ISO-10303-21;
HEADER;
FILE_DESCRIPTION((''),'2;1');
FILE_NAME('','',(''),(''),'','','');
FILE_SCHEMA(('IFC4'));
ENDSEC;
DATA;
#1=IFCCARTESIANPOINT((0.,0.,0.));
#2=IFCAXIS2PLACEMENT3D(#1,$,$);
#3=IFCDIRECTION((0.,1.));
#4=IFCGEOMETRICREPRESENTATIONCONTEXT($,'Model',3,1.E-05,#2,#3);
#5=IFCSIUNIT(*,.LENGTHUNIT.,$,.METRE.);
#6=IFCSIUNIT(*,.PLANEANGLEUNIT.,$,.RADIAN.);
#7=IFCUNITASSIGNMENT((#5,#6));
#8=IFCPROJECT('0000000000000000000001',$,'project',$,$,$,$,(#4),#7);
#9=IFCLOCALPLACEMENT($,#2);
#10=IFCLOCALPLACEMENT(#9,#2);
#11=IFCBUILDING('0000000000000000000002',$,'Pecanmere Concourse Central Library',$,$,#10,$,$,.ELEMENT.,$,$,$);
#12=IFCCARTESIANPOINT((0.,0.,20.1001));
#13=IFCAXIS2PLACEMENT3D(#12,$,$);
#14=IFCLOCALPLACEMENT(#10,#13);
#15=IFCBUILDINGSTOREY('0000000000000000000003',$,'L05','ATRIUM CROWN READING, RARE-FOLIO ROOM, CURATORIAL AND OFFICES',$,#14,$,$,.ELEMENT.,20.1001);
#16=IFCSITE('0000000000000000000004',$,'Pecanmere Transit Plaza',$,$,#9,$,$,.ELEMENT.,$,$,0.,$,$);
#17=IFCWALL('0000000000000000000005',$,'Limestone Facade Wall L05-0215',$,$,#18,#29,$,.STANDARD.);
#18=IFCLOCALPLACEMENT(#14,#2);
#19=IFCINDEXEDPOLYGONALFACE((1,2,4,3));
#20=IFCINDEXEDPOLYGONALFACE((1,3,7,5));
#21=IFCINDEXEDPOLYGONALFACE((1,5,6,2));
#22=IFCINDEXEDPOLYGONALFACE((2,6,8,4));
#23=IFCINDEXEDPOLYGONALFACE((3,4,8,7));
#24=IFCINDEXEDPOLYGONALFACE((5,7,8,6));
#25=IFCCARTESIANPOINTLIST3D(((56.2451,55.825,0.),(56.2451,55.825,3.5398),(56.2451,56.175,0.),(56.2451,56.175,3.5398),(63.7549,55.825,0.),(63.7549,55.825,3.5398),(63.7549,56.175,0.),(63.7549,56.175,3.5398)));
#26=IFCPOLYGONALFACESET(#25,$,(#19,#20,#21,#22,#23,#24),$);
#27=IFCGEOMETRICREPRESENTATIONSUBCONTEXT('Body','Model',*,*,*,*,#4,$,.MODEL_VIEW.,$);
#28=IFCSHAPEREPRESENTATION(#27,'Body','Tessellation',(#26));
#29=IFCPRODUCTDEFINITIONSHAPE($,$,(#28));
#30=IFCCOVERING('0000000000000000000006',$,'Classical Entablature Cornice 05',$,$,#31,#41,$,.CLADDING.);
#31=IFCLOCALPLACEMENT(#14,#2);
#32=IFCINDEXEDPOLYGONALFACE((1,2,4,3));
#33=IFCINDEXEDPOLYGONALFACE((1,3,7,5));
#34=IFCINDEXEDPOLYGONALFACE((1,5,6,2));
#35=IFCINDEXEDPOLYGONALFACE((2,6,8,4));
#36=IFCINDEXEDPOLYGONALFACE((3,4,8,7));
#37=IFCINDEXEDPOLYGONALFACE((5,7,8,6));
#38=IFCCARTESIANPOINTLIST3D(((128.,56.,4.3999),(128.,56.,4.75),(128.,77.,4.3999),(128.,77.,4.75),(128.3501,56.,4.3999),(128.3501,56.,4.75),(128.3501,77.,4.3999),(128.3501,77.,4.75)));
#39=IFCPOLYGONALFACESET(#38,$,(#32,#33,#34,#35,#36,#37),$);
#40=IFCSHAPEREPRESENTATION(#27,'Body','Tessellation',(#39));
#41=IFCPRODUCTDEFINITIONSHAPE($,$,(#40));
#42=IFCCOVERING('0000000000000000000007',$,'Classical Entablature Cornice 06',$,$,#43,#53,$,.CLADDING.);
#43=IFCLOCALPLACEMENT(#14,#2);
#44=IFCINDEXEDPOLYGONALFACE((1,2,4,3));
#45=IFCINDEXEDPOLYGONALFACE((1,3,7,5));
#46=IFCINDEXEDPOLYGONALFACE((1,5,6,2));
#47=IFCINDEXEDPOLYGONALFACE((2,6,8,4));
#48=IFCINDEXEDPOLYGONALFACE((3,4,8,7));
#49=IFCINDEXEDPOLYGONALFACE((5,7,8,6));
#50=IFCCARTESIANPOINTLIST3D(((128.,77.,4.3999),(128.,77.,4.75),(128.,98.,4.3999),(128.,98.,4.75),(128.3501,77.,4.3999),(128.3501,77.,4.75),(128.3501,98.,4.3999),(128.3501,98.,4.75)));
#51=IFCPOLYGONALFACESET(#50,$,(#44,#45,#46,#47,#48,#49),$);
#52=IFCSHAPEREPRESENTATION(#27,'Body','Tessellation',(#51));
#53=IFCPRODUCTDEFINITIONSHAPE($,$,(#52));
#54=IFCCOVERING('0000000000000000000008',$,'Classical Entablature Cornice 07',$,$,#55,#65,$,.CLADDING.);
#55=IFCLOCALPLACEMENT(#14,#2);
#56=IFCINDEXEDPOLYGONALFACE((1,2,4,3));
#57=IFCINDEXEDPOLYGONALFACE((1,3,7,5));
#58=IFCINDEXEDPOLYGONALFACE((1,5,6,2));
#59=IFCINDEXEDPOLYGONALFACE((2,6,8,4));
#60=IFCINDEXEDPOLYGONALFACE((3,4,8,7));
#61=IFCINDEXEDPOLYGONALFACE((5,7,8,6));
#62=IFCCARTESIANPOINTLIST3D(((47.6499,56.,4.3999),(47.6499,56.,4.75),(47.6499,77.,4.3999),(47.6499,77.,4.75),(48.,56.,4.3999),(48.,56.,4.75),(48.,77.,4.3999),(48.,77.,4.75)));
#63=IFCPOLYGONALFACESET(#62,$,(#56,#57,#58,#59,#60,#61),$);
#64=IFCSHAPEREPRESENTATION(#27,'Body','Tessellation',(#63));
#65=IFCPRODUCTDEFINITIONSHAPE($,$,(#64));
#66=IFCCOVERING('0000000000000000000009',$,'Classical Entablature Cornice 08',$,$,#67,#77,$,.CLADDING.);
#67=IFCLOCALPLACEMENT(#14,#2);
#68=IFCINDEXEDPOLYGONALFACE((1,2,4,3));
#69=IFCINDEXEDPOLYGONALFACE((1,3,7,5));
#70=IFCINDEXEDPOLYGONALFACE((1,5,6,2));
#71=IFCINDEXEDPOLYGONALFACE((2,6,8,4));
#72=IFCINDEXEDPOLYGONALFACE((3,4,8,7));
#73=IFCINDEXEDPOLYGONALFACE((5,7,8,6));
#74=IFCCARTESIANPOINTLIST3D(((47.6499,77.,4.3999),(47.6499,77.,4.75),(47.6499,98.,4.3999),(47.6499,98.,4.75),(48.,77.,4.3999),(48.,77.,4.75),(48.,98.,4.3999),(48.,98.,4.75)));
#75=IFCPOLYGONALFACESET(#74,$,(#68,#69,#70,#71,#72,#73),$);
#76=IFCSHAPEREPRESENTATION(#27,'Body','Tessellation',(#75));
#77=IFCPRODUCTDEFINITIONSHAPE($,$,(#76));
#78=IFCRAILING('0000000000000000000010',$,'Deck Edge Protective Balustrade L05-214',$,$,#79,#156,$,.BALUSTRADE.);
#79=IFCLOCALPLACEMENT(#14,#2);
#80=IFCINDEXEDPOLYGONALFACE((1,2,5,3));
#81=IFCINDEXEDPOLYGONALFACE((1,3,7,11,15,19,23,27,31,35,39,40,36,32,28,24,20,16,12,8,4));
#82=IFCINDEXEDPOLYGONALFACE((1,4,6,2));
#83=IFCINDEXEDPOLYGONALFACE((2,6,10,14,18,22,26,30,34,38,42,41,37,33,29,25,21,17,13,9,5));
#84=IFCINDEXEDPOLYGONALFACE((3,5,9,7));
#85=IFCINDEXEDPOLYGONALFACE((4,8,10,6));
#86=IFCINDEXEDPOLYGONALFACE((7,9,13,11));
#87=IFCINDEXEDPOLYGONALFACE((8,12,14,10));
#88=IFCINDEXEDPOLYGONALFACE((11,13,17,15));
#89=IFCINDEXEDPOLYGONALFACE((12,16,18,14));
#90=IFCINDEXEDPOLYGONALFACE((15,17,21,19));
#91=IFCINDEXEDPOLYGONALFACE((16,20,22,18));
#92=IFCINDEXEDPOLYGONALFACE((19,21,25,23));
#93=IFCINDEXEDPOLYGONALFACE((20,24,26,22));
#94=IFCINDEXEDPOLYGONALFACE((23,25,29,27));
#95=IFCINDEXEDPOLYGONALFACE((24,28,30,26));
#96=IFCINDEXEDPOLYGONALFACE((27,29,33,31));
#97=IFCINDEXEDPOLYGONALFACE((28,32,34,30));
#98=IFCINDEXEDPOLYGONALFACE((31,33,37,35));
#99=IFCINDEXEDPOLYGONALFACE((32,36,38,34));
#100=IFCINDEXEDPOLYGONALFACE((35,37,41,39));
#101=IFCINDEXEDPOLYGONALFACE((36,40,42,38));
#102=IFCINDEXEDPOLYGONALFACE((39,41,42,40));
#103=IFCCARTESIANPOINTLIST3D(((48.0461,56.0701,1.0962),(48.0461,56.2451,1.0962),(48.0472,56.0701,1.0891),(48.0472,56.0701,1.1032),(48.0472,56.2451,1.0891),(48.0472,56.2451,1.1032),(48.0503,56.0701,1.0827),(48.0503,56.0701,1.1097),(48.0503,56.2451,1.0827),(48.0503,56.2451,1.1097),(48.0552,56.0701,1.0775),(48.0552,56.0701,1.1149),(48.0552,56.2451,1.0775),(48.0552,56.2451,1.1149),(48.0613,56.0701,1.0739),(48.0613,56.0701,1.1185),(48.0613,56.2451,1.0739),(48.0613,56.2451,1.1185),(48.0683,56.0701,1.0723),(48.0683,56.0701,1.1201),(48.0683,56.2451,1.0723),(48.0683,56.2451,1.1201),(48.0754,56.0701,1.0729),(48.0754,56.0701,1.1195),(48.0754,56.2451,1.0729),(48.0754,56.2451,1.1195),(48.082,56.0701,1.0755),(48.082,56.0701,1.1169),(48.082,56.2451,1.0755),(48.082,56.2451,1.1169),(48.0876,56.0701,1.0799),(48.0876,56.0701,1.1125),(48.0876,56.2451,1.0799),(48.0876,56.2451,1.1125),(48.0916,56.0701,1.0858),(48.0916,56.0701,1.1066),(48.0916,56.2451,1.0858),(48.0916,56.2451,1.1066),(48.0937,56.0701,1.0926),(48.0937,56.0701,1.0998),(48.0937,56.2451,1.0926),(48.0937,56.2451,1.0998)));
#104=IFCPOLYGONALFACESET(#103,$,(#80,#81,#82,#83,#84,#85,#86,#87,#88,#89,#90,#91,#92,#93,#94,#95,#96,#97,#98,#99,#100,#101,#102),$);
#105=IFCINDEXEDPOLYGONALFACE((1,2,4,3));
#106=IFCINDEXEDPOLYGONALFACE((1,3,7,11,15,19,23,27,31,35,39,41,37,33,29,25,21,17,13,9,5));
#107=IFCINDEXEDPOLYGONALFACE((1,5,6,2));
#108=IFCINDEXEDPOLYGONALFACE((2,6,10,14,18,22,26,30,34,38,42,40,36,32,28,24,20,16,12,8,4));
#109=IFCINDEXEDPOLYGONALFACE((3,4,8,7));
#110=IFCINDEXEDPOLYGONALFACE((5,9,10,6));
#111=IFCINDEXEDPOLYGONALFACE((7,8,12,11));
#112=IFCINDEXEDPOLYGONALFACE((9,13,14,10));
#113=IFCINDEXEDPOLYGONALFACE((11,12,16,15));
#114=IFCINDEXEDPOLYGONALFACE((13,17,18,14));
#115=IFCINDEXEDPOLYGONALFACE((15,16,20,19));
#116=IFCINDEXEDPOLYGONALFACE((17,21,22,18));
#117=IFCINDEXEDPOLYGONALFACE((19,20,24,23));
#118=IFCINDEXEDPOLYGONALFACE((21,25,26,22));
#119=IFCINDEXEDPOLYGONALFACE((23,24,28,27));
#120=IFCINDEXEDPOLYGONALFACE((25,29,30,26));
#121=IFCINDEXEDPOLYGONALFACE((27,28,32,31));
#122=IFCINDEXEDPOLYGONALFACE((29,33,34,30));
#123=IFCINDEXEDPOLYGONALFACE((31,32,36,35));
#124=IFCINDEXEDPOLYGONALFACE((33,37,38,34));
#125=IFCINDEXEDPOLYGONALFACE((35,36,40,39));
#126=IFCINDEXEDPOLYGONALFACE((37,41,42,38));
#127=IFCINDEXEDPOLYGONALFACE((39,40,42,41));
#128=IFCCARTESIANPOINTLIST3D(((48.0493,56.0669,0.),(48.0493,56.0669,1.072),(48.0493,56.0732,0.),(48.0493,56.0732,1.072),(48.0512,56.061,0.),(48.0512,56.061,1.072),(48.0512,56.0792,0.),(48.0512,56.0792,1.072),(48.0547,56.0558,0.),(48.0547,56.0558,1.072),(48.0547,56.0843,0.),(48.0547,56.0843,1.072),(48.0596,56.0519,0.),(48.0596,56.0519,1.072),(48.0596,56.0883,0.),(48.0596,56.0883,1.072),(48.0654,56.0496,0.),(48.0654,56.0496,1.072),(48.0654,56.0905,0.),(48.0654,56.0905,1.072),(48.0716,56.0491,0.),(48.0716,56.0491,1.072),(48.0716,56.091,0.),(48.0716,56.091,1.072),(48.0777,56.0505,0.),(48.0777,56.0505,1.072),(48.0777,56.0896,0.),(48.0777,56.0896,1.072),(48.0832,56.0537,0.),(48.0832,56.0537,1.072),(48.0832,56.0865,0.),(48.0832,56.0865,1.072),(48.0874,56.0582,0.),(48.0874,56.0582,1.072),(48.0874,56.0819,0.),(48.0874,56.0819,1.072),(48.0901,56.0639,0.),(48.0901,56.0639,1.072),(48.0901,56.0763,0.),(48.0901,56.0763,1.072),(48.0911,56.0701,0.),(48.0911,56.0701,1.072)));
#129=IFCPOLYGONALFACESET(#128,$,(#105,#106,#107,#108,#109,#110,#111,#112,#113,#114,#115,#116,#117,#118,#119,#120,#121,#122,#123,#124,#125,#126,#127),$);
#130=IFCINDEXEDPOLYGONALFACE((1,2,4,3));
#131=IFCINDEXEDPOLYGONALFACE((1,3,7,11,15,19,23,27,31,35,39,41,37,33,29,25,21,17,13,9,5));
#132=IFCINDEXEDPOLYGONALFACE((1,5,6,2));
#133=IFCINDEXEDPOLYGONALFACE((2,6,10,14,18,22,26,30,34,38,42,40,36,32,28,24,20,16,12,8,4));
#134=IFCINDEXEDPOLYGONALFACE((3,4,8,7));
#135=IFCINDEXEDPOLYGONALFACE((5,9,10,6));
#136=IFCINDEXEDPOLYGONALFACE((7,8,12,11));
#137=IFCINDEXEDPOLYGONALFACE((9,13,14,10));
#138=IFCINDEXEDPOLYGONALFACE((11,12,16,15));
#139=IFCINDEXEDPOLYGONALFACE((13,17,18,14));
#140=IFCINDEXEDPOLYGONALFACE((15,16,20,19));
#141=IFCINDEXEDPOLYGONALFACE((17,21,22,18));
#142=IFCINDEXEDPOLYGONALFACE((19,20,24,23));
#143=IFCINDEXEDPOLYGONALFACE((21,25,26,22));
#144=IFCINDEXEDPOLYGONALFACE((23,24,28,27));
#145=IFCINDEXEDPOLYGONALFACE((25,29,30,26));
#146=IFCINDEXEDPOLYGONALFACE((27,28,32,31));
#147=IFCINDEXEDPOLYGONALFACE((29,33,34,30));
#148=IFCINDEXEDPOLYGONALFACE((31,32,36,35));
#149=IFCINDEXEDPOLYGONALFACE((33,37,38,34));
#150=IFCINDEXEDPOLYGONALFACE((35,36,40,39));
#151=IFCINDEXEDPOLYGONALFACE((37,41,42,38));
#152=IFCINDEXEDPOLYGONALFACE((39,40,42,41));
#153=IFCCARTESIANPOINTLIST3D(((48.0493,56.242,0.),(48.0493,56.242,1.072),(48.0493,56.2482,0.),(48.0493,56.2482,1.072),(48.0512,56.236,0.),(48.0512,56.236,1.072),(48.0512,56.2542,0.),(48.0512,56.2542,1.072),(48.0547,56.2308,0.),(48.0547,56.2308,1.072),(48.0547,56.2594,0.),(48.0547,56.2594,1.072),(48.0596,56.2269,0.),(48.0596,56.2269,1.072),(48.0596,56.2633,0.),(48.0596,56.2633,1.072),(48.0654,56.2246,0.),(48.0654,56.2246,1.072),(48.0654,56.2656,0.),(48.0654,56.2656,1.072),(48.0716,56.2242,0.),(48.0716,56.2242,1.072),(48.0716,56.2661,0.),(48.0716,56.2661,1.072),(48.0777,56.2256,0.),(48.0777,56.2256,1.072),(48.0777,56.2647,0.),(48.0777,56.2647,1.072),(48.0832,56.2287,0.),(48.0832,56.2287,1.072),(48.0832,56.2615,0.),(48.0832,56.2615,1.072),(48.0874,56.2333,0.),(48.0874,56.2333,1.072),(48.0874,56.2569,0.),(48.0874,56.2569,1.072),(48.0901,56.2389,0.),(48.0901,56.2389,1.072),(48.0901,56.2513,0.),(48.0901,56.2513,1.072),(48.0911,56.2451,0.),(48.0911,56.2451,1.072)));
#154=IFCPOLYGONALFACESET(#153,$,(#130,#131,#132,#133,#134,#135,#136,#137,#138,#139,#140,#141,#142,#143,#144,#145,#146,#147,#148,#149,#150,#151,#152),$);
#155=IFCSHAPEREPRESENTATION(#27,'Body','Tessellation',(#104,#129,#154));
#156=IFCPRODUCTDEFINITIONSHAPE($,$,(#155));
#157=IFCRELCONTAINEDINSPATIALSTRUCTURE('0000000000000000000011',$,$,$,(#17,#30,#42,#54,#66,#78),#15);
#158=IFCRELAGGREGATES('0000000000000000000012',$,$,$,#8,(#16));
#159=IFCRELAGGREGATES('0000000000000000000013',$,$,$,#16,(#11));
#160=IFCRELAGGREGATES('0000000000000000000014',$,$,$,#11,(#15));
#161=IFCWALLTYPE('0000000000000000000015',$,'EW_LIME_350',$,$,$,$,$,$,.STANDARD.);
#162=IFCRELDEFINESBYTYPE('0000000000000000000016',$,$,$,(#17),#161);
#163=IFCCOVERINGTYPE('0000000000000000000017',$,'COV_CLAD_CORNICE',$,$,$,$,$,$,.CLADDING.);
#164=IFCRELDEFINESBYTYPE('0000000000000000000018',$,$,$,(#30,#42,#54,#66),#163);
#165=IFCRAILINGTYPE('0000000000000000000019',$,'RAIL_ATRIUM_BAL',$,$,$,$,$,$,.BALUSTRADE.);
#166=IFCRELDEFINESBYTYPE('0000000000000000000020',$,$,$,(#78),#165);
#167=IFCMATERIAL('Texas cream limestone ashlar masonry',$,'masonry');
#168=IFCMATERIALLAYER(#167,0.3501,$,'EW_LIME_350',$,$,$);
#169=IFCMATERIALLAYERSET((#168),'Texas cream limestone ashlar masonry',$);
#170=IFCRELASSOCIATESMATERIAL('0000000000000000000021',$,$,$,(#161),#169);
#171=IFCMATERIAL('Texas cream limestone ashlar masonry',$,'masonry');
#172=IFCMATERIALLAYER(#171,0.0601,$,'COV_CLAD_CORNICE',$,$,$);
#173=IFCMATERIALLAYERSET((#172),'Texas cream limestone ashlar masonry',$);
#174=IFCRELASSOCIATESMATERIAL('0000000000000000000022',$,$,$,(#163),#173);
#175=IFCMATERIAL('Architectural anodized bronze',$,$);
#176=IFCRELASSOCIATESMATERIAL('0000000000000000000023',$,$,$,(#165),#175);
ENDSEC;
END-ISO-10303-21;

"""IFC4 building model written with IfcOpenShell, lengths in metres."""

from ifc_helpers import new_model, si_unit, direction, frame, frame_2d, origin, origin_2d, place, context, subcontext, project, spatial, polyline, rectangle, circle, outline, extrude, material, layer, layer_set, type_object, element, save


model = new_model("IFC4")

# Units and contexts
model_context = context("Model", 3, precision=1e-05, world=origin(), true_north=direction((0.0, 1.0)))
body_context = subcontext(model_context, "Body", "Model", "MODEL_VIEW")
ifc_project = project(units=[si_unit("LENGTHUNIT", "METRE"), si_unit("PLANEANGLEUNIT", "RADIAN")], contexts=[model_context])

# Site, building, storey
site_placement = place(None, origin())
site = spatial("IfcSite", under=ifc_project, at=site_placement, Name="Pecanmere Transit Plaza", CompositionType="ELEMENT", RefElevation=0.0)
building_placement = place(site_placement, origin())
building = spatial("IfcBuilding", under=site, at=building_placement, Name="Pecanmere Concourse Central Library", CompositionType="ELEMENT")
storey_placement = place(building_placement, frame((0.0, 0.0, 20.1001)))
storey = spatial("IfcBuildingStorey", under=building, at=storey_placement, Name="L05", Description="ATRIUM CROWN READING, RARE-FOLIO ROOM, CURATORIAL AND OFFICES", CompositionType="ELEMENT", Elevation=20.1001)

# Shared definitions
ifc_material_1 = material(Name="Texas cream limestone ashlar masonry", Category="masonry")
ifc_layer_1 = layer(ifc_material_1, 0.3501, Name="EW_LIME_350")
ifc_layer_set_1 = layer_set([ifc_layer_1], Name="Texas cream limestone ashlar masonry")
wall_type = type_object("IfcWallType", Name="EW_LIME_350", PredefinedType="STANDARD", material=ifc_layer_set_1)

# Wall
for number, where, z_axis, x_axis, name in (
    (1, (56.2451, 56.0, 0.0), (0.0, 0.0, 1.0), (1.0, 0.0, 0.0), "Limestone Facade Wall L05-0215"),
):
    element("IfcWall", number, at=place(storey_placement, frame(where, z_axis=z_axis, x_axis=x_axis)), inside=storey, type_object=wall_type, Name=name, PredefinedType="STANDARD", context=body_context, shape_type="SweptSolid", body=[
        extrude(rectangle(XDim=7.5098, YDim=0.3501, at=frame_2d((3.7549, 0.0))), origin(), (0.0, 0.0, 1.0), 3.5398),
    ])

# Coverings
ifc_material_2 = material(Name="Texas cream limestone ashlar masonry", Category="masonry")
ifc_layer_2 = layer(ifc_material_2, 0.0601, Name="COV_CLAD_CORNICE")
ifc_layer_set_2 = layer_set([ifc_layer_2], Name="Texas cream limestone ashlar masonry")
covering_type = type_object("IfcCoveringType", Name="COV_CLAD_CORNICE", PredefinedType="CLADDING", material=ifc_layer_set_2)
covering_1_placement = place(storey_placement, frame((0.0, 0.0, 4.3999)))
element("IfcCovering", 2, at=covering_1_placement, inside=storey, type_object=covering_type, Name="Classical Entablature Cornice 05", PredefinedType="CLADDING", context=body_context, shape_type="SweptSolid", body=[
    extrude(outline(polyline([(128.0, 56.0), (128.3501, 56.0), (128.3501, 77.0), (128.0, 77.0), (128.0, 56.0)])), origin(), (0.0, 0.0, 1.0), 0.3501),
])
covering_2_placement = place(storey_placement, frame((0.0, 0.0, 4.3999)))
element("IfcCovering", 3, at=covering_2_placement, inside=storey, type_object=covering_type, Name="Classical Entablature Cornice 06", PredefinedType="CLADDING", context=body_context, shape_type="SweptSolid", body=[
    extrude(outline(polyline([(128.0, 77.0), (128.3501, 77.0), (128.3501, 98.0), (128.0, 98.0), (128.0, 77.0)])), origin(), (0.0, 0.0, 1.0), 0.3501),
])
covering_3_placement = place(storey_placement, frame((0.0, 0.0, 4.3999)))
element("IfcCovering", 4, at=covering_3_placement, inside=storey, type_object=covering_type, Name="Classical Entablature Cornice 07", PredefinedType="CLADDING", context=body_context, shape_type="SweptSolid", body=[
    extrude(outline(polyline([(47.6499, 56.0), (48.0, 56.0), (48.0, 77.0), (47.6499, 77.0), (47.6499, 56.0)])), origin(), (0.0, 0.0, 1.0), 0.3501),
])
covering_4_placement = place(storey_placement, frame((0.0, 0.0, 4.3999)))
element("IfcCovering", 5, at=covering_4_placement, inside=storey, type_object=covering_type, Name="Classical Entablature Cornice 08", PredefinedType="CLADDING", context=body_context, shape_type="SweptSolid", body=[
    extrude(outline(polyline([(47.6499, 77.0), (48.0, 77.0), (48.0, 98.0), (47.6499, 98.0), (47.6499, 77.0)])), origin(), (0.0, 0.0, 1.0), 0.3501),
])

# Railing
ifc_material_3 = material(Name="Architectural anodized bronze")
railing_type = type_object("IfcRailingType", Name="RAIL_ATRIUM_BAL", PredefinedType="BALUSTRADE", material=ifc_material_3)
railing_1_placement = place(storey_placement, frame((48.0701, 56.0701, 0.0)))
element("IfcRailing", 6, at=railing_1_placement, inside=storey, type_object=railing_type, Name="Deck Edge Protective Balustrade L05-214", PredefinedType="BALUSTRADE", context=body_context, shape_type="SweptSolid", body=[
    extrude(circle(Radius=0.0239, at=origin_2d()), frame((0.0, 0.0, 1.0962), z_axis=(0.0, 1.0, 0.0), x_axis=(-1.0, 0.0, 0.0)), (0.0, 0.0, 1.0), 0.175),
    extrude(circle(Radius=0.021, at=origin_2d()), origin(), (0.0, 0.0, 1.0), 1.072),
    extrude(circle(Radius=0.021, at=origin_2d()), frame((0.0, 0.175, 0.0)), (0.0, 0.0, 1.0), 1.072),
])

save(model, "model.ifc")
